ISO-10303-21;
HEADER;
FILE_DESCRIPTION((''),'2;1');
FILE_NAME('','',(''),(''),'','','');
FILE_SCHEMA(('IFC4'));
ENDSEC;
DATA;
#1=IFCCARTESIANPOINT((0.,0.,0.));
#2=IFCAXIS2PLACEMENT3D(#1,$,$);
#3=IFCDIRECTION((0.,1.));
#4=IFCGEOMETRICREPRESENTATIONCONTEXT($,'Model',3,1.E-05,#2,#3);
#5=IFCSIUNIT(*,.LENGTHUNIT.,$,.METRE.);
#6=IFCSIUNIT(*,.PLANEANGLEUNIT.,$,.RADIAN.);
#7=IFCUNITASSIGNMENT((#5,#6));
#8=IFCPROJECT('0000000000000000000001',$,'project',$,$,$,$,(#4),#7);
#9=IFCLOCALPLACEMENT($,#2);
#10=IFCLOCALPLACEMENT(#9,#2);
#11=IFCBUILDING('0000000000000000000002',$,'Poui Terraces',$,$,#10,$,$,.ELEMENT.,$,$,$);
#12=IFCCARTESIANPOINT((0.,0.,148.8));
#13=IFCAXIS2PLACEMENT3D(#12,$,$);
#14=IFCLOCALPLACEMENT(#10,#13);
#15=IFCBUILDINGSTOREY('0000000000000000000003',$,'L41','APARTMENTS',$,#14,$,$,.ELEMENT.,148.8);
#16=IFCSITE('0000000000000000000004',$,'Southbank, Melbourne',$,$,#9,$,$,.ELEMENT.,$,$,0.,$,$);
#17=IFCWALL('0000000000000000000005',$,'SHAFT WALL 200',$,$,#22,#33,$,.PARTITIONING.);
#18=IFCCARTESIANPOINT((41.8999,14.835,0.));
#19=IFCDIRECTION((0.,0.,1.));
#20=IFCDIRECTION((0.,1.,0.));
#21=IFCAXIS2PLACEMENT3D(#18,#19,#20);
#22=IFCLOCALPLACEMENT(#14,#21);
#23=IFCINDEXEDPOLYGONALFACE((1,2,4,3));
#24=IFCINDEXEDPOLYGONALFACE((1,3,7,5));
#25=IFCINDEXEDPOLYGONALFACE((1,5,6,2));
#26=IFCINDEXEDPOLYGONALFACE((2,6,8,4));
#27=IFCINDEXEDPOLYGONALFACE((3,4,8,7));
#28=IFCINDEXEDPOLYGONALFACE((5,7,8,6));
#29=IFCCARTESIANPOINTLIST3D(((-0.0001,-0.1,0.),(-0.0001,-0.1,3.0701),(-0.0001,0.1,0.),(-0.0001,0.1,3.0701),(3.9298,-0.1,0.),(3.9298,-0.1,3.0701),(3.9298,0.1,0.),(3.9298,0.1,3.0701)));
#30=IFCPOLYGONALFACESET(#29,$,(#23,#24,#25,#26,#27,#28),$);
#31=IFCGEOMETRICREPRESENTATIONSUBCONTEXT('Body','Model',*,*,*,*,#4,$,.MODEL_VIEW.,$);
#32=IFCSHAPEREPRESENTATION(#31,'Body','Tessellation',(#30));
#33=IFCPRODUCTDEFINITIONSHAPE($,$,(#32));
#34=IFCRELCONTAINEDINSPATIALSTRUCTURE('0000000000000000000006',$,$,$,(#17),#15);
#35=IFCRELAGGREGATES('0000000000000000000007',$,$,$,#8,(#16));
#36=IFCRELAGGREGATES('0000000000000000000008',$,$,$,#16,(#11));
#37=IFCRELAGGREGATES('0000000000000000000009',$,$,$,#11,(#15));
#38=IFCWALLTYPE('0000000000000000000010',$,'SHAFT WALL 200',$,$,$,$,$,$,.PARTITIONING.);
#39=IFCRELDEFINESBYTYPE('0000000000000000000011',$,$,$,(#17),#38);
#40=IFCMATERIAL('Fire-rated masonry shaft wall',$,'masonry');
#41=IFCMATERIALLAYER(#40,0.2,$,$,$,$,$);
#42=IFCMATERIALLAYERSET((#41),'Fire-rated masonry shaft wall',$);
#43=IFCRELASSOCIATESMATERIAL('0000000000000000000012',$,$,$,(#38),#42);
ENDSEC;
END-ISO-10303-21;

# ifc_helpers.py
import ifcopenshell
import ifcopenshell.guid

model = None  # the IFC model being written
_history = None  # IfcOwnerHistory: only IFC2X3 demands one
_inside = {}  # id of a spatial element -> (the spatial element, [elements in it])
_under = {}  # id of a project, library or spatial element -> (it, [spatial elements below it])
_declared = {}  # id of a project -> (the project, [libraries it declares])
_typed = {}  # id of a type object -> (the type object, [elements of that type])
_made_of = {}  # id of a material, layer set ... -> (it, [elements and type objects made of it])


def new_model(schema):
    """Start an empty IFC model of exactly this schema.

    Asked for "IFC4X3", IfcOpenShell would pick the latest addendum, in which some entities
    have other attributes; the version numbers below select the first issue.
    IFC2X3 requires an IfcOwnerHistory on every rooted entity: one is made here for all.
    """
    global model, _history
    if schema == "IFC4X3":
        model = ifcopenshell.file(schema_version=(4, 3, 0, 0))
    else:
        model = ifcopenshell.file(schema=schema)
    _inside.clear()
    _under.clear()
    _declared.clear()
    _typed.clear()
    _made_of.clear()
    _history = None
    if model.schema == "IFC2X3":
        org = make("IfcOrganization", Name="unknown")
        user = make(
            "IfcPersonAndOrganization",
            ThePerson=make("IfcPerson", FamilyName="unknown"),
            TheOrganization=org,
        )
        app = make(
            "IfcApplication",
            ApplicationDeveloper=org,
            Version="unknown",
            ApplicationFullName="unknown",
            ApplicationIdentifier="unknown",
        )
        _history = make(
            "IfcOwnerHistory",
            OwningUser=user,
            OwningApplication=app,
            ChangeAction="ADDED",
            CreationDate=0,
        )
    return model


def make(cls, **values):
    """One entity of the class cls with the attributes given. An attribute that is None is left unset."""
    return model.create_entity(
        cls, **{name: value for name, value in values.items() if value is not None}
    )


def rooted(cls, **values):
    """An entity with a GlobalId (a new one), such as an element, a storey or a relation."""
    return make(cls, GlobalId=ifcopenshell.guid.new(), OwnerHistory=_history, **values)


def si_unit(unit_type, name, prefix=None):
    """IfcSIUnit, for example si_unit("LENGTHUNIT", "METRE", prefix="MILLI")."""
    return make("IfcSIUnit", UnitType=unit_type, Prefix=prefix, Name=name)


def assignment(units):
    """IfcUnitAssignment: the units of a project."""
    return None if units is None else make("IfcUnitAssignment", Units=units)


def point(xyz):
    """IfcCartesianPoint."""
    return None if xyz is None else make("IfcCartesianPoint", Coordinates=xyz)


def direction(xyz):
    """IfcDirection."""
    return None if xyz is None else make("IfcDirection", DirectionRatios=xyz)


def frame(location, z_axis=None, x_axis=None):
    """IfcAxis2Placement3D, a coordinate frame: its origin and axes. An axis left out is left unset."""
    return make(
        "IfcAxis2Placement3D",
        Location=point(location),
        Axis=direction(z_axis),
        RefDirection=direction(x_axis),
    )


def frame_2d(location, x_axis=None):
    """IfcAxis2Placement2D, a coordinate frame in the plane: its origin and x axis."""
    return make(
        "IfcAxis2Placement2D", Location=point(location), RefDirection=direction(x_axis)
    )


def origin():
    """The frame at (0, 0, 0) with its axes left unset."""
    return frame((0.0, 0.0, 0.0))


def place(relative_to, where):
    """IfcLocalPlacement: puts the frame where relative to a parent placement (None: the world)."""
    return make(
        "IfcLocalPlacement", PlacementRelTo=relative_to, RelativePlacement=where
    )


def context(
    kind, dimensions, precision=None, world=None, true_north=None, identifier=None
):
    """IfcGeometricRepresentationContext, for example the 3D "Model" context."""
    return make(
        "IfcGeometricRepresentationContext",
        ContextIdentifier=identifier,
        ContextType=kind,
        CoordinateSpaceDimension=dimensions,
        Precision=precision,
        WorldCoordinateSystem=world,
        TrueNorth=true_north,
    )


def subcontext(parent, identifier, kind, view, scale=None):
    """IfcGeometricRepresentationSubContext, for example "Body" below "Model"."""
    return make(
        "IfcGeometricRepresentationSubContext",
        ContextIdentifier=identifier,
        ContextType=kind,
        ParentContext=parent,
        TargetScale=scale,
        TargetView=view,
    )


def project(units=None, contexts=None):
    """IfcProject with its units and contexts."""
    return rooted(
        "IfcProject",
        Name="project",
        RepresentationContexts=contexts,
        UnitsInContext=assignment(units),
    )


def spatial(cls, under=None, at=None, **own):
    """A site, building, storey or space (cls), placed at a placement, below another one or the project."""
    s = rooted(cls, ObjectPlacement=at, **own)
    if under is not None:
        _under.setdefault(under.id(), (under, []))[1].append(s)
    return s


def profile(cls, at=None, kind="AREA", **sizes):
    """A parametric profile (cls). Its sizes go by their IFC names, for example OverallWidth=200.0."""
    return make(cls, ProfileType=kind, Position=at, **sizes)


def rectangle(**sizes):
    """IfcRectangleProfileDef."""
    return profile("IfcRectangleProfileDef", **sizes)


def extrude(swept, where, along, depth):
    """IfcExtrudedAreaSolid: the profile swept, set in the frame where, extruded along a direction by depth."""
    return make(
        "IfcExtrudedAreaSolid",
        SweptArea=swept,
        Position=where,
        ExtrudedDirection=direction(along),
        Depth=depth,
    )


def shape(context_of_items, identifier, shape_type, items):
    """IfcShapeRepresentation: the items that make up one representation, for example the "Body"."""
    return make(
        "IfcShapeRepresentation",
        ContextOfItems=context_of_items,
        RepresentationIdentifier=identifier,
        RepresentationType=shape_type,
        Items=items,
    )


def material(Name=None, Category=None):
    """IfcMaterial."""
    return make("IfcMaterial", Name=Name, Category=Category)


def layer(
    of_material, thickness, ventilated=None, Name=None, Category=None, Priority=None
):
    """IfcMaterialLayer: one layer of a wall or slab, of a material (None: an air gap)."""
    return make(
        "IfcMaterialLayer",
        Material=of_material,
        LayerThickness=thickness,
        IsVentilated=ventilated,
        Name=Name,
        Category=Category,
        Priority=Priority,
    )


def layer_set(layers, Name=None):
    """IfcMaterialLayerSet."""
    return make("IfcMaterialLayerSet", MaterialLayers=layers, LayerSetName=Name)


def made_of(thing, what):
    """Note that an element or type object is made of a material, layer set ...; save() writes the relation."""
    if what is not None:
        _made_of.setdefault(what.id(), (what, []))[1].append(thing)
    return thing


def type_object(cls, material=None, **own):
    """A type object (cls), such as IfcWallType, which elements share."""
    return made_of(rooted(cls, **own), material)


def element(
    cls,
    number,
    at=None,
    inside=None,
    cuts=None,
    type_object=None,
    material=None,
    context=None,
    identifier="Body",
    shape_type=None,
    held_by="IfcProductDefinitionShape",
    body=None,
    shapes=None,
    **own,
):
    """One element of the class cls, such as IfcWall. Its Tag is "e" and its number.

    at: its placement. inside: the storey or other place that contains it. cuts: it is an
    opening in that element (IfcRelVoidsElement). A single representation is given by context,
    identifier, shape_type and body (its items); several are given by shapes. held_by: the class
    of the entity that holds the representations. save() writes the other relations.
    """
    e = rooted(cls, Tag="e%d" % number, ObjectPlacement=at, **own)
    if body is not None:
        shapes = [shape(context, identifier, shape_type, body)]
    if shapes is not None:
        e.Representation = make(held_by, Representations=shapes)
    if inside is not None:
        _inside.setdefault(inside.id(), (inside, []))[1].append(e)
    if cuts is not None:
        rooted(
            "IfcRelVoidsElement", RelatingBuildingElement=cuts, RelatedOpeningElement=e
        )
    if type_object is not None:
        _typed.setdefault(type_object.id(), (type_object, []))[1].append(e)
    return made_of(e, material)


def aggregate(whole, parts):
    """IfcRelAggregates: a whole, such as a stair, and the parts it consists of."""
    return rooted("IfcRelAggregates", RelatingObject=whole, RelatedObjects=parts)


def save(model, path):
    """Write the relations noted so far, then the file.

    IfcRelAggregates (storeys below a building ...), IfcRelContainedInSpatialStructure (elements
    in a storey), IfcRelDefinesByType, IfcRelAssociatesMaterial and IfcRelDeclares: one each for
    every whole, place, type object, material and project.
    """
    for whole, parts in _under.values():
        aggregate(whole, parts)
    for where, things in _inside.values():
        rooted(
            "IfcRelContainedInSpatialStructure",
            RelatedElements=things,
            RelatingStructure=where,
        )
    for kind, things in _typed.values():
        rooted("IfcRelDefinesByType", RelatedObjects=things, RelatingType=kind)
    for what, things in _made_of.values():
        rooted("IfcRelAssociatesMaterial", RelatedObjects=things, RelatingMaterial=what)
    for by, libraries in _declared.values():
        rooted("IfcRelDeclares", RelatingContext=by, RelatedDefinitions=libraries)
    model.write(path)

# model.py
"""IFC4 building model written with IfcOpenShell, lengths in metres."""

from ifc_helpers import new_model, si_unit, direction, frame, frame_2d, origin, place, context, subcontext, project, spatial, rectangle, extrude, material, layer, layer_set, type_object, element, save


model = new_model("IFC4")

# Units and contexts
model_context = context("Model", 3, precision=1e-05, world=origin(), true_north=direction((0.0, 1.0)))
body_context = subcontext(model_context, "Body", "Model", "MODEL_VIEW")
ifc_project = project(units=[si_unit("LENGTHUNIT", "METRE"), si_unit("PLANEANGLEUNIT", "RADIAN")], contexts=[model_context])

# Site, building, storey
site_placement = place(None, origin())
site = spatial("IfcSite", under=ifc_project, at=site_placement, Name="Southbank, Melbourne", CompositionType="ELEMENT", RefElevation=0.0)
building_placement = place(site_placement, origin())
building = spatial("IfcBuilding", under=site, at=building_placement, Name="Poui Terraces", CompositionType="ELEMENT")
storey_placement = place(building_placement, frame((0.0, 0.0, 148.8)))
storey = spatial("IfcBuildingStorey", under=building, at=storey_placement, Name="L41", Description="APARTMENTS", CompositionType="ELEMENT", Elevation=148.8)

# Shared definitions
ifc_material_1 = material(Name="Fire-rated masonry shaft wall", Category="masonry")
ifc_layer_1 = layer(ifc_material_1, 0.2)
ifc_layer_set_1 = layer_set([ifc_layer_1], Name="Fire-rated masonry shaft wall")
wall_type_1 = type_object("IfcWallType", Name="SHAFT WALL 200", PredefinedType="PARTITIONING", material=ifc_layer_set_1)

# Wall
wall_1_placement = place(storey_placement, frame((41.8999, 14.835, 0.0), z_axis=(0.0, 0.0, 1.0), x_axis=(0.0, 1.0, 0.0)))
element("IfcWall", 1, at=wall_1_placement, inside=storey, type_object=wall_type_1, Name="SHAFT WALL 200", PredefinedType="PARTITIONING", context=body_context, shape_type="SweptSolid", body=[
    extrude(rectangle(XDim=3.9299, YDim=0.2, at=frame_2d((1.9648, 0.0))), origin(), (0.0, 0.0, 1.0), 3.0701),
])

save(model, "model.ifc")
